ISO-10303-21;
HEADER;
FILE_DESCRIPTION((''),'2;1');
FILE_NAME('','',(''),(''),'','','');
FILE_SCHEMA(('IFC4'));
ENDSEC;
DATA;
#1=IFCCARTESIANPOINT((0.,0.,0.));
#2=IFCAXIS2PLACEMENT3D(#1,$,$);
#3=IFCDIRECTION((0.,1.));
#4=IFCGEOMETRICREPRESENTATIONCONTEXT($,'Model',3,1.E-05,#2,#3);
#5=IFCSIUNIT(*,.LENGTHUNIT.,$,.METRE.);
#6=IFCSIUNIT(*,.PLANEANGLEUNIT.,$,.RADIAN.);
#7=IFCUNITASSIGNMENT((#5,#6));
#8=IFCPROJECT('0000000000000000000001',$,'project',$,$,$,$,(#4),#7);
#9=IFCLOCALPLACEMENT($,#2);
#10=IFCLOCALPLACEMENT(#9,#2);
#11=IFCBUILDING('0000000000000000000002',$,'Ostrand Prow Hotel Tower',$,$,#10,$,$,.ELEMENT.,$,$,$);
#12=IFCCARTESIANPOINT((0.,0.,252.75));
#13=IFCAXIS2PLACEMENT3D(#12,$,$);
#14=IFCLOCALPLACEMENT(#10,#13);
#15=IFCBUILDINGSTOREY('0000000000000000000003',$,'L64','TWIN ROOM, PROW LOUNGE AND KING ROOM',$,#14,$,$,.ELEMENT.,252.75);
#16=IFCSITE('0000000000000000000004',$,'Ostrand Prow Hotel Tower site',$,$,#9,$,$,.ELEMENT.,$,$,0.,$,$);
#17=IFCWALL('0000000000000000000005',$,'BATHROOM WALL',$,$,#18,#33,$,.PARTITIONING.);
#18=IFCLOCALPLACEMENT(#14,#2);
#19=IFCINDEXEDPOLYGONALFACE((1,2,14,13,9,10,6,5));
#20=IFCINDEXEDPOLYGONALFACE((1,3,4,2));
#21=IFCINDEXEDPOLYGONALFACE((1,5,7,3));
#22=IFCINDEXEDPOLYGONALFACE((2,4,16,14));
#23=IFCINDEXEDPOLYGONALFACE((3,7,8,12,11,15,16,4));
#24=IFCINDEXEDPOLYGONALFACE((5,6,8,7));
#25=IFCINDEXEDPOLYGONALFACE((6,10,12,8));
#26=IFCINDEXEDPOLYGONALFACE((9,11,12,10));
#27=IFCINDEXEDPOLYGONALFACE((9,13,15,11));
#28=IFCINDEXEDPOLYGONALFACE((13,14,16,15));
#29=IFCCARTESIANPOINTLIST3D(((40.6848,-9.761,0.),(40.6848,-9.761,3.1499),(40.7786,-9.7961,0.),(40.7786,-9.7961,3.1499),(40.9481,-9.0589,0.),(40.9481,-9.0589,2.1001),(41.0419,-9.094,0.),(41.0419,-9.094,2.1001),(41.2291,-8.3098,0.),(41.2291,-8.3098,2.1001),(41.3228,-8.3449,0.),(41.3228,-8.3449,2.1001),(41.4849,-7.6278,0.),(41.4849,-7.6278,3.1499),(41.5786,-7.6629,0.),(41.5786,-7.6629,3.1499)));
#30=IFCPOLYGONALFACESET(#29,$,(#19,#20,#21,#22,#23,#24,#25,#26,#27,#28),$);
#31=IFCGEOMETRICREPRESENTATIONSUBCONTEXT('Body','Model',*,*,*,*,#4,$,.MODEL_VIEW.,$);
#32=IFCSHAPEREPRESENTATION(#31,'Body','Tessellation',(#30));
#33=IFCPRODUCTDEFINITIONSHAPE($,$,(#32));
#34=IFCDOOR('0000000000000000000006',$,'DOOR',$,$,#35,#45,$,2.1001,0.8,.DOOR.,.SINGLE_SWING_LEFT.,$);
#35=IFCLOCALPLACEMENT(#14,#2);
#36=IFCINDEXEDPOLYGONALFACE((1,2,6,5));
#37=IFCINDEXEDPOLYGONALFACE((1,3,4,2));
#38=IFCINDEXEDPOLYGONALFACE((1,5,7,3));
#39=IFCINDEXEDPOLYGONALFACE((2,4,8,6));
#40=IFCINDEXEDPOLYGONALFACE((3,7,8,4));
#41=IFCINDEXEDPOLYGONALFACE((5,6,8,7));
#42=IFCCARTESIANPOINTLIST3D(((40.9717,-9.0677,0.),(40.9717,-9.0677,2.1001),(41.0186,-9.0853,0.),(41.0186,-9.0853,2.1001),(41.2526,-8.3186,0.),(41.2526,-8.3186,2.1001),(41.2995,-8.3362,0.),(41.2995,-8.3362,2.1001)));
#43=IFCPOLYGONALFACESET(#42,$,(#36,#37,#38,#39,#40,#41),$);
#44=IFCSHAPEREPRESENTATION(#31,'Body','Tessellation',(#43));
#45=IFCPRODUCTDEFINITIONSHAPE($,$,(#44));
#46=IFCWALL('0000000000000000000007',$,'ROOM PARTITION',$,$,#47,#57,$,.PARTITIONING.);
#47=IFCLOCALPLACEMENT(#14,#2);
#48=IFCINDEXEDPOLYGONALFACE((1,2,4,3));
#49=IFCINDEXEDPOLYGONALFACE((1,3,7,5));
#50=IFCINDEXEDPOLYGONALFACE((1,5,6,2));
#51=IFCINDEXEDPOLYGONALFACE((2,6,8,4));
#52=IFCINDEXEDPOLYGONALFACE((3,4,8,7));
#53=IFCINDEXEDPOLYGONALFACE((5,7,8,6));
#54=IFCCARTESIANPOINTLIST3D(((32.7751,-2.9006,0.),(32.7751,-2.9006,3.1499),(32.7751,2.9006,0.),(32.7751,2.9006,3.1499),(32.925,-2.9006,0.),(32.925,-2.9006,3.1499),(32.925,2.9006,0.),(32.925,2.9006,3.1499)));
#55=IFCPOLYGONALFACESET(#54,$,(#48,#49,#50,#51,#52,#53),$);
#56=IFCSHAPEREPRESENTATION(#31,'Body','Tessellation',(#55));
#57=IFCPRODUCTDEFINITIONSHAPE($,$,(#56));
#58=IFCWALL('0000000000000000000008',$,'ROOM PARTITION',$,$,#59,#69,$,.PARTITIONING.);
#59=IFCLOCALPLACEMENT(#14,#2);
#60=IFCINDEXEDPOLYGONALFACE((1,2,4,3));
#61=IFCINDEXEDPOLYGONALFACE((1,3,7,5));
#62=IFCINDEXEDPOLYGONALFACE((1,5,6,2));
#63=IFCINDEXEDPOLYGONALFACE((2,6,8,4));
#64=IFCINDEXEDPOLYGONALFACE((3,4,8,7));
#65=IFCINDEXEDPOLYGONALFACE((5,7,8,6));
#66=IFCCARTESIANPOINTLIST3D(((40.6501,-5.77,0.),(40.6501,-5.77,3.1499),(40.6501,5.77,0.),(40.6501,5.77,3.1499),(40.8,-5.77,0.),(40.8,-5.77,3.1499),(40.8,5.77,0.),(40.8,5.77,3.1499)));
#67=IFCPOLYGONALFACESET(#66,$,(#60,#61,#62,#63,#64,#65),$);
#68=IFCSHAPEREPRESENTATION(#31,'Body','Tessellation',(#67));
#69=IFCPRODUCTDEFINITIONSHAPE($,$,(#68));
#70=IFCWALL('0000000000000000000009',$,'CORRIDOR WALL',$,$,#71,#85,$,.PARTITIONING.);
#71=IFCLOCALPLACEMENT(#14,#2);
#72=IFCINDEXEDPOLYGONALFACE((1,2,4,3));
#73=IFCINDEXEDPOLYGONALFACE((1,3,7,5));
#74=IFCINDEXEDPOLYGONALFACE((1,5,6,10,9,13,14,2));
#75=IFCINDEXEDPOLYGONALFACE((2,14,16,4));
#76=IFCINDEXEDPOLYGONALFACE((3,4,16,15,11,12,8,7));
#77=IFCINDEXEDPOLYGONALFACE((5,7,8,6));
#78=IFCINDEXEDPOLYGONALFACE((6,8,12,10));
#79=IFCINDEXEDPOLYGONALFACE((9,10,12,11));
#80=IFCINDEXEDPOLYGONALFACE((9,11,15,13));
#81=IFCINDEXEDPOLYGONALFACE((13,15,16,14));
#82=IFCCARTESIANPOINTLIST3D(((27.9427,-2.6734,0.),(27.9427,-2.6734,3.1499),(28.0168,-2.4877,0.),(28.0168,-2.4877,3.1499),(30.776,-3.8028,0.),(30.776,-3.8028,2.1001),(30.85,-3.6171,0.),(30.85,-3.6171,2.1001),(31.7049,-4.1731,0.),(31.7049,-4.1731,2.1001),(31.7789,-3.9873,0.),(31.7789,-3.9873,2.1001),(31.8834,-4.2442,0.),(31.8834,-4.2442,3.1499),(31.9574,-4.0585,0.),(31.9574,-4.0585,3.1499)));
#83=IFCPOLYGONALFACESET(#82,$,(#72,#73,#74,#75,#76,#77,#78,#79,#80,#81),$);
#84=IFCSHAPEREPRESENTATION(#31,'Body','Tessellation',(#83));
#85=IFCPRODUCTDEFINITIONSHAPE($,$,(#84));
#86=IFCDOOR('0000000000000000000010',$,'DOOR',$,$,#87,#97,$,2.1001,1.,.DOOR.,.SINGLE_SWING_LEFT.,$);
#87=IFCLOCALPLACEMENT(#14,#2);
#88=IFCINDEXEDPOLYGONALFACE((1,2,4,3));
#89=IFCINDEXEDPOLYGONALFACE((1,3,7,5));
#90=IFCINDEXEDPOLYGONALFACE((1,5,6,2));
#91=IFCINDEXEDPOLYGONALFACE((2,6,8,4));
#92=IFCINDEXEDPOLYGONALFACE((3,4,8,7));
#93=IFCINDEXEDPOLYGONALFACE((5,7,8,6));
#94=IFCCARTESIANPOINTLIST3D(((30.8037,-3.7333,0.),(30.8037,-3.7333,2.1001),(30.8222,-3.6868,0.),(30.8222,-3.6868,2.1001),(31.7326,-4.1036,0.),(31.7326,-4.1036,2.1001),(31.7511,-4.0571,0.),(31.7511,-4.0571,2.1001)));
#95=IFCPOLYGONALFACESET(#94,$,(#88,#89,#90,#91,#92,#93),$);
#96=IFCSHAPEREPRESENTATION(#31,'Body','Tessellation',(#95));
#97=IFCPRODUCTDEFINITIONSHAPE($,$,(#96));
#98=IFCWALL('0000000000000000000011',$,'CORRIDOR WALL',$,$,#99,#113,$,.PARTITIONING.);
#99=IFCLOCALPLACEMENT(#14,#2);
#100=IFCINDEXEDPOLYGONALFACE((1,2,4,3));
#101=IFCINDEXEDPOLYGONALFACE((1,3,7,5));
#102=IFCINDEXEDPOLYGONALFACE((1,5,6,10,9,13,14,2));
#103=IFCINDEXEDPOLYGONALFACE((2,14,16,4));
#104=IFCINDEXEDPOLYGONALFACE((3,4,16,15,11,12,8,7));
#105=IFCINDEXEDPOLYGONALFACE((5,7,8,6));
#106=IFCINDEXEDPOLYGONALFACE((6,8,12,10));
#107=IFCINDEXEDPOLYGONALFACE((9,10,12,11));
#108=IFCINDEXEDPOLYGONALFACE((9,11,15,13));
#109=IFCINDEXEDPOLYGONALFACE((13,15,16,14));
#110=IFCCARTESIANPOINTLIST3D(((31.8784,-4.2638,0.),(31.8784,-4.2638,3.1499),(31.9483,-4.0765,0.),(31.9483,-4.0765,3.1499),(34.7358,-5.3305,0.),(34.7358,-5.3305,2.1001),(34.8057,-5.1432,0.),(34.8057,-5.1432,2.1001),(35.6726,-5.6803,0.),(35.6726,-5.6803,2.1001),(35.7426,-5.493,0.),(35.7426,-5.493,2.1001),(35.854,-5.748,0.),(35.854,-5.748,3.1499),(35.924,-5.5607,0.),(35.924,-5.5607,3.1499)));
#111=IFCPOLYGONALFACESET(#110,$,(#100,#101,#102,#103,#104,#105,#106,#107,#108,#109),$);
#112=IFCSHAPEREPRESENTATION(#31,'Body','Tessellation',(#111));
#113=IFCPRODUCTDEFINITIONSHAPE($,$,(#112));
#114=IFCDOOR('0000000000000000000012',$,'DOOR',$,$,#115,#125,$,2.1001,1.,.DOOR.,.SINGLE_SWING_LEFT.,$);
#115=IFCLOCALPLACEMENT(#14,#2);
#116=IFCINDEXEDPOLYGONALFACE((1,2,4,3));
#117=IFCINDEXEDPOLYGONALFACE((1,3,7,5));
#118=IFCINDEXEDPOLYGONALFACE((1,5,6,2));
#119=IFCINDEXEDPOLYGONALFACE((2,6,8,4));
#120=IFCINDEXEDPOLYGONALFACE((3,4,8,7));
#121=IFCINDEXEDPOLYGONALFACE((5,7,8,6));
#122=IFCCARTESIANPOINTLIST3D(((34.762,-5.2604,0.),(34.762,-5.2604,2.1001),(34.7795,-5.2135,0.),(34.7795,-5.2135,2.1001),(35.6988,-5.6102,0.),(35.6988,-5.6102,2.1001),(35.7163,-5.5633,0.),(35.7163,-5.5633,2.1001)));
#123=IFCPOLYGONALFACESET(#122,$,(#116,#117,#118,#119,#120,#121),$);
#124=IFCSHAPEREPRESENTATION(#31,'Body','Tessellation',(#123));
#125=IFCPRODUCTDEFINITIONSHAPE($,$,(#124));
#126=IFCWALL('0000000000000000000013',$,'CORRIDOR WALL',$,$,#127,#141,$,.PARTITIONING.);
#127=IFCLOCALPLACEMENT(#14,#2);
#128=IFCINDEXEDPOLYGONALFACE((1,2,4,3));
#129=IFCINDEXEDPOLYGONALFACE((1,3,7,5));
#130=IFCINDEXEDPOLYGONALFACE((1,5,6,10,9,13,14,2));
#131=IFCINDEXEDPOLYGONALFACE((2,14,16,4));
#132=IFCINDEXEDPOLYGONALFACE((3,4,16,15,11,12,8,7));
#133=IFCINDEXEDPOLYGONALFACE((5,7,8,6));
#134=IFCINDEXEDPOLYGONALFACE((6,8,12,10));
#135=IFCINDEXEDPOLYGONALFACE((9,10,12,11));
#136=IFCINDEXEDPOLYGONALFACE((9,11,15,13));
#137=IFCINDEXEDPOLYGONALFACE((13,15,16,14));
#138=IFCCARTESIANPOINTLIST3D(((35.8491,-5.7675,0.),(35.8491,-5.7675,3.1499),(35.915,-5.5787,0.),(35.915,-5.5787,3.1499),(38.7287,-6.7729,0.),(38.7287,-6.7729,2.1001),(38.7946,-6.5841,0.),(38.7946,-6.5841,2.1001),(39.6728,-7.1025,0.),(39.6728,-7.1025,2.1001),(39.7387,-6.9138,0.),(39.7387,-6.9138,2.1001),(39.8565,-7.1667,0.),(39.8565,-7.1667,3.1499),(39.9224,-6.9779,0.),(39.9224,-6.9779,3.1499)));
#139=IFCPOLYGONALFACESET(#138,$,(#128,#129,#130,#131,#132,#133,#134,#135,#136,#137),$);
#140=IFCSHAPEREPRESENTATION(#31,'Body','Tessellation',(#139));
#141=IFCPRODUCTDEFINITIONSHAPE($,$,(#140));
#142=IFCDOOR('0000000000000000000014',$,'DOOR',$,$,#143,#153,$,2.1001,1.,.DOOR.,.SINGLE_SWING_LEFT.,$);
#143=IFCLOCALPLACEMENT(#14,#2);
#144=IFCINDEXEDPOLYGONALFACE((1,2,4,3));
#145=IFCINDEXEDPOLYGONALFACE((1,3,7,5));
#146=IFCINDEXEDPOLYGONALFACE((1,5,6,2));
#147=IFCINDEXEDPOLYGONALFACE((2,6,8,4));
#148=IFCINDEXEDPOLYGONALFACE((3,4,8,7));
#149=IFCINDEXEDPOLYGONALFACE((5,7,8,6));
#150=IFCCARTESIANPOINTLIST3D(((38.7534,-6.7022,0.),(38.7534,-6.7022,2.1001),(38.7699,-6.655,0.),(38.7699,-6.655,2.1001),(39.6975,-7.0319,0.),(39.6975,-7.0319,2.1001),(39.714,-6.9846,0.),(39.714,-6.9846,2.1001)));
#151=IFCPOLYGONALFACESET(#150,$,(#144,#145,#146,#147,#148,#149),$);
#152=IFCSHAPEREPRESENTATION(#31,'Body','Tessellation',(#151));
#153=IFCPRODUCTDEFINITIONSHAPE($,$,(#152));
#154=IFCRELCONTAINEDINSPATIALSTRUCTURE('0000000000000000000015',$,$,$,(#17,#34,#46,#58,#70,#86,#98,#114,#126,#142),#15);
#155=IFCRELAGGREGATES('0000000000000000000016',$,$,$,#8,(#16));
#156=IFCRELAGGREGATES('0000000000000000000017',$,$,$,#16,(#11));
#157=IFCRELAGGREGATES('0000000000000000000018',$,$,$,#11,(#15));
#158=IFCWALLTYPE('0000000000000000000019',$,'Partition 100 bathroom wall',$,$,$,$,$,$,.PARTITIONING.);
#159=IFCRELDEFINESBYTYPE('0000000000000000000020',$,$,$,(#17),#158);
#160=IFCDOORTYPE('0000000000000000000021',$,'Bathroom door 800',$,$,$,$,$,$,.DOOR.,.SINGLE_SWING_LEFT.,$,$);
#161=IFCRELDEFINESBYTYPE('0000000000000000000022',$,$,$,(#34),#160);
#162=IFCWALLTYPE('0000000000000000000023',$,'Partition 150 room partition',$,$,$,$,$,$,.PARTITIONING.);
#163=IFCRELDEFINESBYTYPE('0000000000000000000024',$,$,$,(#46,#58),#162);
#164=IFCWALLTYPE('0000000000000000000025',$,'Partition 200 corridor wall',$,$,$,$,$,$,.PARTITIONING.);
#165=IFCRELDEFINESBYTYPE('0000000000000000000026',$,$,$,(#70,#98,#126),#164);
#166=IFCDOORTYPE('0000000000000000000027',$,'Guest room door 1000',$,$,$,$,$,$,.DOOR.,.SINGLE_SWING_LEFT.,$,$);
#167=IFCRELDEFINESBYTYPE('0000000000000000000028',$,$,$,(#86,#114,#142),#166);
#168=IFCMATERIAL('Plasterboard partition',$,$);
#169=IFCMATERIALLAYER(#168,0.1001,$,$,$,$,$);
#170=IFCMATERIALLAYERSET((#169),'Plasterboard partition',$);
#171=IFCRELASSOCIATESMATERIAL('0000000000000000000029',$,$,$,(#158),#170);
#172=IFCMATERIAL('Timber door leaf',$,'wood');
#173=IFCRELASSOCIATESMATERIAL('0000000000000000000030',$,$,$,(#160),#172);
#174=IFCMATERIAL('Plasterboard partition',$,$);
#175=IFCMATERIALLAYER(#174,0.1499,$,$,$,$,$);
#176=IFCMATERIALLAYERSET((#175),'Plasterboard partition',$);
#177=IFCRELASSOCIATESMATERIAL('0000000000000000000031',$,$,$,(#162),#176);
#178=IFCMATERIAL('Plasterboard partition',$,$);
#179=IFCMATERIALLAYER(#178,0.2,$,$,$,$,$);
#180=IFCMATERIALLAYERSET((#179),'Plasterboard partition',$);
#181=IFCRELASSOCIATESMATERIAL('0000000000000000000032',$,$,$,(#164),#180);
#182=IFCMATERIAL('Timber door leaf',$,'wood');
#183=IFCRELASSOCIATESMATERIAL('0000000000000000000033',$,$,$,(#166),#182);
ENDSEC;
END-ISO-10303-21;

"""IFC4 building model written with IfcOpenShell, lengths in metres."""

from ifc_helpers import new_model, si_unit, direction, frame, frame_2d, origin, place, context, subcontext, project, spatial, rectangle, extrude, material, layer, layer_set, type_object, element, fill, save


model = new_model("IFC4")

# Units and contexts
model_context = context("Model", 3, precision=1e-05, world=origin(), true_north=direction((0.0, 1.0)))
body_context = subcontext(model_context, "Body", "Model", "MODEL_VIEW")
ifc_project = project(units=[si_unit("LENGTHUNIT", "METRE"), si_unit("PLANEANGLEUNIT", "RADIAN")], contexts=[model_context])

# Site, building, storey
site_placement = place(None, origin())
site = spatial("IfcSite", under=ifc_project, at=site_placement, Name="Ostrand Prow Hotel Tower site", CompositionType="ELEMENT", RefElevation=0.0)
building_placement = place(site_placement, origin())
building = spatial("IfcBuilding", under=site, at=building_placement, Name="Ostrand Prow Hotel Tower", CompositionType="ELEMENT")
storey_placement = place(building_placement, frame((0.0, 0.0, 252.75)))
storey = spatial("IfcBuildingStorey", under=building, at=storey_placement, Name="L64", Description="TWIN ROOM, PROW LOUNGE AND KING ROOM", CompositionType="ELEMENT", Elevation=252.75)

# Shared definitions
ifc_material_1 = material(Name="Plasterboard partition")
ifc_layer_1 = layer(ifc_material_1, 0.1001)
ifc_layer_set_1 = layer_set([ifc_layer_1], Name="Plasterboard partition")
wall_type_1 = type_object("IfcWallType", Name="Partition 100 bathroom wall", PredefinedType="PARTITIONING", material=ifc_layer_set_1)

# Shared definitions
ifc_material_2 = material(Name="Timber door leaf", Category="wood")
door_type_1 = type_object("IfcDoorType", Name="Bathroom door 800", OperationType="SINGLE_SWING_LEFT", PredefinedType="DOOR", material=ifc_material_2)

# Wall, opening, door
wall_1_placement = place(storey_placement, frame((40.7317, -9.7786, 0.0), z_axis=(0.0, 0.0, 1.0), x_axis=(0.351147, 0.93632, 0.0)))
wall_1 = element("IfcWall", 1, at=wall_1_placement, inside=storey, type_object=wall_type_1, Name="BATHROOM WALL", PredefinedType="PARTITIONING", context=body_context, shape_type="SweptSolid", body=[
    extrude(rectangle(XDim=2.2783, YDim=0.1001, at=frame_2d((1.1392, 0.0))), origin(), (0.0, 0.0, 1.0), 3.1499),
])
opening_1_placement = place(wall_1_placement, frame((0.75, 0.0, 0.0)))
opening_1 = element("IfcOpeningElement", 2, at=opening_1_placement, cuts=wall_1, PredefinedType="OPENING", context=body_context, shape_type="SweptSolid", body=[
    extrude(rectangle(XDim=0.8, YDim=2.1001, at=frame_2d((0.3999, 1.05))), frame((0.0, 0.0601, 0.0), z_axis=(0.0, -1.0, 0.0), x_axis=(1.0, 0.0, 0.0)), (0.0, 0.0, 1.0), 0.1201),
])
door_1_placement = place(opening_1_placement, origin())
door_1 = element("IfcDoor", 3, at=door_1_placement, inside=storey, type_object=door_type_1, Name="DOOR", OperationType="SINGLE_SWING_LEFT", OverallHeight=2.1001, OverallWidth=0.8, PredefinedType="DOOR", context=body_context, shape_type="SweptSolid", body=[
    extrude(rectangle(XDim=0.8, YDim=2.1001, at=frame_2d((0.3999, 1.05))), frame((0.0, 0.0249, 0.0), z_axis=(0.0, -1.0, 0.0), x_axis=(1.0, 0.0, 0.0)), (0.0, 0.0, 1.0), 0.05),
])
fill(opening_1, door_1)

# Walls
ifc_material_3 = material(Name="Plasterboard partition")
ifc_layer_2 = layer(ifc_material_3, 0.1499)
ifc_layer_set_2 = layer_set([ifc_layer_2], Name="Plasterboard partition")
wall_type_2 = type_object("IfcWallType", Name="Partition 150 room partition", PredefinedType="PARTITIONING", material=ifc_layer_set_2)
wall_2_placement = place(storey_placement, frame((32.8501, -2.9006, 0.0), z_axis=(0.0, 0.0, 1.0), x_axis=(0.0, 1.0, 0.0)))
element("IfcWall", 4, at=wall_2_placement, inside=storey, type_object=wall_type_2, Name="ROOM PARTITION", PredefinedType="PARTITIONING", context=body_context, shape_type="SweptSolid", body=[
    extrude(rectangle(XDim=5.8013, YDim=0.1499, at=frame_2d((2.9006, 0.0))), origin(), (0.0, 0.0, 1.0), 3.1499),
])
wall_3_placement = place(storey_placement, frame((40.7251, -5.77, 0.0), z_axis=(0.0, 0.0, 1.0), x_axis=(0.0, 1.0, 0.0)))
element("IfcWall", 5, at=wall_3_placement, inside=storey, type_object=wall_type_2, Name="ROOM PARTITION", PredefinedType="PARTITIONING", context=body_context, shape_type="SweptSolid", body=[
    extrude(rectangle(XDim=11.54, YDim=0.1499, at=frame_2d((5.77, 0.0))), origin(), (0.0, 0.0, 1.0), 3.1499),
])

# Walls, openings, doors
ifc_material_4 = material(Name="Plasterboard partition")
ifc_layer_3 = layer(ifc_material_4, 0.2)
ifc_layer_set_3 = layer_set([ifc_layer_3], Name="Plasterboard partition")
wall_type_3 = type_object("IfcWallType", Name="Partition 200 corridor wall", PredefinedType="PARTITIONING", material=ifc_layer_set_3)
wall_4_placement = place(storey_placement, frame((27.9797, -2.5806, 0.0), z_axis=(0.0, 0.0, 1.0), x_axis=(0.928921, -0.370279, 0.0)))
wall_4 = element("IfcWall", 6, at=wall_4_placement, inside=storey, type_object=wall_type_3, Name="CORRIDOR WALL", PredefinedType="PARTITIONING", context=body_context, shape_type="SweptSolid", body=[
    extrude(rectangle(XDim=4.2422, YDim=0.2, at=frame_2d((2.1211, 0.0))), origin(), (0.0, 0.0, 1.0), 3.1499),
])
opening_2_placement = place(wall_4_placement, frame((3.05, 0.0, 0.0)))
opening_2 = element("IfcOpeningElement", 7, at=opening_2_placement, cuts=wall_4, PredefinedType="OPENING", context=body_context, shape_type="SweptSolid", body=[
    extrude(rectangle(XDim=1.0, YDim=2.1001, at=frame_2d((0.5, 1.05))), frame((0.0, 0.1099, 0.0), z_axis=(0.0, -1.0, 0.0), x_axis=(1.0, 0.0, 0.0)), (0.0, 0.0, 1.0), 0.22),
])
ifc_material_5 = material(Name="Timber door leaf", Category="wood")
door_type_2 = type_object("IfcDoorType", Name="Guest room door 1000", OperationType="SINGLE_SWING_LEFT", PredefinedType="DOOR", material=ifc_material_5)
door_2_placement = place(opening_2_placement, origin())
door_2 = element("IfcDoor", 8, at=door_2_placement, inside=storey, type_object=door_type_2, Name="DOOR", OperationType="SINGLE_SWING_LEFT", OverallHeight=2.1001, OverallWidth=1.0, PredefinedType="DOOR", context=body_context, shape_type="SweptSolid", body=[
    extrude(rectangle(XDim=1.0, YDim=2.1001, at=frame_2d((0.5, 1.05))), frame((0.0, 0.0249, 0.0), z_axis=(0.0, -1.0, 0.0), x_axis=(1.0, 0.0, 0.0)), (0.0, 0.0, 1.0), 0.05),
])
fill(opening_2, door_2)
wall_5_placement = place(storey_placement, frame((31.9133, -4.1702, 0.0), z_axis=(0.0, 0.0, 1.0), x_axis=(0.936848, -0.349736, 0.0)))
wall_5 = element("IfcWall", 9, at=wall_5_placement, inside=storey, type_object=wall_type_3, Name="CORRIDOR WALL", PredefinedType="PARTITIONING", context=body_context, shape_type="SweptSolid", body=[
    extrude(rectangle(XDim=4.2437, YDim=0.2, at=frame_2d((2.1218, 0.0))), origin(), (0.0, 0.0, 1.0), 3.1499),
])
opening_3_placement = place(wall_5_placement, frame((3.05, 0.0, 0.0)))
opening_3 = element("IfcOpeningElement", 10, at=opening_3_placement, cuts=wall_5, PredefinedType="OPENING", context=body_context, shape_type="SweptSolid", body=[
    extrude(rectangle(XDim=1.0, YDim=2.1001, at=frame_2d((0.5, 1.05))), frame((0.0, 0.1099, 0.0), z_axis=(0.0, -1.0, 0.0), x_axis=(1.0, 0.0, 0.0)), (0.0, 0.0, 1.0), 0.22),
])
door_3_placement = place(opening_3_placement, origin())
door_3 = element("IfcDoor", 11, at=door_3_placement, inside=storey, type_object=door_type_2, Name="DOOR", OperationType="SINGLE_SWING_LEFT", OverallHeight=2.1001, OverallWidth=1.0, PredefinedType="DOOR", context=body_context, shape_type="SweptSolid", body=[
    extrude(rectangle(XDim=1.0, YDim=2.1001, at=frame_2d((0.5, 1.05))), frame((0.0, 0.0249, 0.0), z_axis=(0.0, -1.0, 0.0), x_axis=(1.0, 0.0, 0.0)), (0.0, 0.0, 1.0), 0.05),
])
fill(opening_3, door_3)
wall_6_placement = place(storey_placement, frame((35.8821, -5.6731, 0.0), z_axis=(0.0, 0.0, 1.0), x_axis=(0.944107, -0.329638, 0.0)))
wall_6 = element("IfcWall", 12, at=wall_6_placement, inside=storey, type_object=wall_type_3, Name="CORRIDOR WALL", PredefinedType="PARTITIONING", context=body_context, shape_type="SweptSolid", body=[
    extrude(rectangle(XDim=4.2446, YDim=0.2, at=frame_2d((2.1223, 0.0))), origin(), (0.0, 0.0, 1.0), 3.1499),
])
opening_4_placement = place(wall_6_placement, frame((3.05, 0.0, 0.0)))
opening_4 = element("IfcOpeningElement", 13, at=opening_4_placement, cuts=wall_6, PredefinedType="OPENING", context=body_context, shape_type="SweptSolid", body=[
    extrude(rectangle(XDim=1.0, YDim=2.1001, at=frame_2d((0.5, 1.05))), frame((0.0, 0.1099, 0.0), z_axis=(0.0, -1.0, 0.0), x_axis=(1.0, 0.0, 0.0)), (0.0, 0.0, 1.0), 0.22),
])
door_4_placement = place(opening_4_placement, origin())
door_4 = element("IfcDoor", 14, at=door_4_placement, inside=storey, type_object=door_type_2, Name="DOOR", OperationType="SINGLE_SWING_LEFT", OverallHeight=2.1001, OverallWidth=1.0, PredefinedType="DOOR", context=body_context, shape_type="SweptSolid", body=[
    extrude(rectangle(XDim=1.0, YDim=2.1001, at=frame_2d((0.5, 1.05))), frame((0.0, 0.0249, 0.0), z_axis=(0.0, -1.0, 0.0), x_axis=(1.0, 0.0, 0.0)), (0.0, 0.0, 1.0), 0.05),
])
fill(opening_4, door_4)

save(model, "model.ifc")
